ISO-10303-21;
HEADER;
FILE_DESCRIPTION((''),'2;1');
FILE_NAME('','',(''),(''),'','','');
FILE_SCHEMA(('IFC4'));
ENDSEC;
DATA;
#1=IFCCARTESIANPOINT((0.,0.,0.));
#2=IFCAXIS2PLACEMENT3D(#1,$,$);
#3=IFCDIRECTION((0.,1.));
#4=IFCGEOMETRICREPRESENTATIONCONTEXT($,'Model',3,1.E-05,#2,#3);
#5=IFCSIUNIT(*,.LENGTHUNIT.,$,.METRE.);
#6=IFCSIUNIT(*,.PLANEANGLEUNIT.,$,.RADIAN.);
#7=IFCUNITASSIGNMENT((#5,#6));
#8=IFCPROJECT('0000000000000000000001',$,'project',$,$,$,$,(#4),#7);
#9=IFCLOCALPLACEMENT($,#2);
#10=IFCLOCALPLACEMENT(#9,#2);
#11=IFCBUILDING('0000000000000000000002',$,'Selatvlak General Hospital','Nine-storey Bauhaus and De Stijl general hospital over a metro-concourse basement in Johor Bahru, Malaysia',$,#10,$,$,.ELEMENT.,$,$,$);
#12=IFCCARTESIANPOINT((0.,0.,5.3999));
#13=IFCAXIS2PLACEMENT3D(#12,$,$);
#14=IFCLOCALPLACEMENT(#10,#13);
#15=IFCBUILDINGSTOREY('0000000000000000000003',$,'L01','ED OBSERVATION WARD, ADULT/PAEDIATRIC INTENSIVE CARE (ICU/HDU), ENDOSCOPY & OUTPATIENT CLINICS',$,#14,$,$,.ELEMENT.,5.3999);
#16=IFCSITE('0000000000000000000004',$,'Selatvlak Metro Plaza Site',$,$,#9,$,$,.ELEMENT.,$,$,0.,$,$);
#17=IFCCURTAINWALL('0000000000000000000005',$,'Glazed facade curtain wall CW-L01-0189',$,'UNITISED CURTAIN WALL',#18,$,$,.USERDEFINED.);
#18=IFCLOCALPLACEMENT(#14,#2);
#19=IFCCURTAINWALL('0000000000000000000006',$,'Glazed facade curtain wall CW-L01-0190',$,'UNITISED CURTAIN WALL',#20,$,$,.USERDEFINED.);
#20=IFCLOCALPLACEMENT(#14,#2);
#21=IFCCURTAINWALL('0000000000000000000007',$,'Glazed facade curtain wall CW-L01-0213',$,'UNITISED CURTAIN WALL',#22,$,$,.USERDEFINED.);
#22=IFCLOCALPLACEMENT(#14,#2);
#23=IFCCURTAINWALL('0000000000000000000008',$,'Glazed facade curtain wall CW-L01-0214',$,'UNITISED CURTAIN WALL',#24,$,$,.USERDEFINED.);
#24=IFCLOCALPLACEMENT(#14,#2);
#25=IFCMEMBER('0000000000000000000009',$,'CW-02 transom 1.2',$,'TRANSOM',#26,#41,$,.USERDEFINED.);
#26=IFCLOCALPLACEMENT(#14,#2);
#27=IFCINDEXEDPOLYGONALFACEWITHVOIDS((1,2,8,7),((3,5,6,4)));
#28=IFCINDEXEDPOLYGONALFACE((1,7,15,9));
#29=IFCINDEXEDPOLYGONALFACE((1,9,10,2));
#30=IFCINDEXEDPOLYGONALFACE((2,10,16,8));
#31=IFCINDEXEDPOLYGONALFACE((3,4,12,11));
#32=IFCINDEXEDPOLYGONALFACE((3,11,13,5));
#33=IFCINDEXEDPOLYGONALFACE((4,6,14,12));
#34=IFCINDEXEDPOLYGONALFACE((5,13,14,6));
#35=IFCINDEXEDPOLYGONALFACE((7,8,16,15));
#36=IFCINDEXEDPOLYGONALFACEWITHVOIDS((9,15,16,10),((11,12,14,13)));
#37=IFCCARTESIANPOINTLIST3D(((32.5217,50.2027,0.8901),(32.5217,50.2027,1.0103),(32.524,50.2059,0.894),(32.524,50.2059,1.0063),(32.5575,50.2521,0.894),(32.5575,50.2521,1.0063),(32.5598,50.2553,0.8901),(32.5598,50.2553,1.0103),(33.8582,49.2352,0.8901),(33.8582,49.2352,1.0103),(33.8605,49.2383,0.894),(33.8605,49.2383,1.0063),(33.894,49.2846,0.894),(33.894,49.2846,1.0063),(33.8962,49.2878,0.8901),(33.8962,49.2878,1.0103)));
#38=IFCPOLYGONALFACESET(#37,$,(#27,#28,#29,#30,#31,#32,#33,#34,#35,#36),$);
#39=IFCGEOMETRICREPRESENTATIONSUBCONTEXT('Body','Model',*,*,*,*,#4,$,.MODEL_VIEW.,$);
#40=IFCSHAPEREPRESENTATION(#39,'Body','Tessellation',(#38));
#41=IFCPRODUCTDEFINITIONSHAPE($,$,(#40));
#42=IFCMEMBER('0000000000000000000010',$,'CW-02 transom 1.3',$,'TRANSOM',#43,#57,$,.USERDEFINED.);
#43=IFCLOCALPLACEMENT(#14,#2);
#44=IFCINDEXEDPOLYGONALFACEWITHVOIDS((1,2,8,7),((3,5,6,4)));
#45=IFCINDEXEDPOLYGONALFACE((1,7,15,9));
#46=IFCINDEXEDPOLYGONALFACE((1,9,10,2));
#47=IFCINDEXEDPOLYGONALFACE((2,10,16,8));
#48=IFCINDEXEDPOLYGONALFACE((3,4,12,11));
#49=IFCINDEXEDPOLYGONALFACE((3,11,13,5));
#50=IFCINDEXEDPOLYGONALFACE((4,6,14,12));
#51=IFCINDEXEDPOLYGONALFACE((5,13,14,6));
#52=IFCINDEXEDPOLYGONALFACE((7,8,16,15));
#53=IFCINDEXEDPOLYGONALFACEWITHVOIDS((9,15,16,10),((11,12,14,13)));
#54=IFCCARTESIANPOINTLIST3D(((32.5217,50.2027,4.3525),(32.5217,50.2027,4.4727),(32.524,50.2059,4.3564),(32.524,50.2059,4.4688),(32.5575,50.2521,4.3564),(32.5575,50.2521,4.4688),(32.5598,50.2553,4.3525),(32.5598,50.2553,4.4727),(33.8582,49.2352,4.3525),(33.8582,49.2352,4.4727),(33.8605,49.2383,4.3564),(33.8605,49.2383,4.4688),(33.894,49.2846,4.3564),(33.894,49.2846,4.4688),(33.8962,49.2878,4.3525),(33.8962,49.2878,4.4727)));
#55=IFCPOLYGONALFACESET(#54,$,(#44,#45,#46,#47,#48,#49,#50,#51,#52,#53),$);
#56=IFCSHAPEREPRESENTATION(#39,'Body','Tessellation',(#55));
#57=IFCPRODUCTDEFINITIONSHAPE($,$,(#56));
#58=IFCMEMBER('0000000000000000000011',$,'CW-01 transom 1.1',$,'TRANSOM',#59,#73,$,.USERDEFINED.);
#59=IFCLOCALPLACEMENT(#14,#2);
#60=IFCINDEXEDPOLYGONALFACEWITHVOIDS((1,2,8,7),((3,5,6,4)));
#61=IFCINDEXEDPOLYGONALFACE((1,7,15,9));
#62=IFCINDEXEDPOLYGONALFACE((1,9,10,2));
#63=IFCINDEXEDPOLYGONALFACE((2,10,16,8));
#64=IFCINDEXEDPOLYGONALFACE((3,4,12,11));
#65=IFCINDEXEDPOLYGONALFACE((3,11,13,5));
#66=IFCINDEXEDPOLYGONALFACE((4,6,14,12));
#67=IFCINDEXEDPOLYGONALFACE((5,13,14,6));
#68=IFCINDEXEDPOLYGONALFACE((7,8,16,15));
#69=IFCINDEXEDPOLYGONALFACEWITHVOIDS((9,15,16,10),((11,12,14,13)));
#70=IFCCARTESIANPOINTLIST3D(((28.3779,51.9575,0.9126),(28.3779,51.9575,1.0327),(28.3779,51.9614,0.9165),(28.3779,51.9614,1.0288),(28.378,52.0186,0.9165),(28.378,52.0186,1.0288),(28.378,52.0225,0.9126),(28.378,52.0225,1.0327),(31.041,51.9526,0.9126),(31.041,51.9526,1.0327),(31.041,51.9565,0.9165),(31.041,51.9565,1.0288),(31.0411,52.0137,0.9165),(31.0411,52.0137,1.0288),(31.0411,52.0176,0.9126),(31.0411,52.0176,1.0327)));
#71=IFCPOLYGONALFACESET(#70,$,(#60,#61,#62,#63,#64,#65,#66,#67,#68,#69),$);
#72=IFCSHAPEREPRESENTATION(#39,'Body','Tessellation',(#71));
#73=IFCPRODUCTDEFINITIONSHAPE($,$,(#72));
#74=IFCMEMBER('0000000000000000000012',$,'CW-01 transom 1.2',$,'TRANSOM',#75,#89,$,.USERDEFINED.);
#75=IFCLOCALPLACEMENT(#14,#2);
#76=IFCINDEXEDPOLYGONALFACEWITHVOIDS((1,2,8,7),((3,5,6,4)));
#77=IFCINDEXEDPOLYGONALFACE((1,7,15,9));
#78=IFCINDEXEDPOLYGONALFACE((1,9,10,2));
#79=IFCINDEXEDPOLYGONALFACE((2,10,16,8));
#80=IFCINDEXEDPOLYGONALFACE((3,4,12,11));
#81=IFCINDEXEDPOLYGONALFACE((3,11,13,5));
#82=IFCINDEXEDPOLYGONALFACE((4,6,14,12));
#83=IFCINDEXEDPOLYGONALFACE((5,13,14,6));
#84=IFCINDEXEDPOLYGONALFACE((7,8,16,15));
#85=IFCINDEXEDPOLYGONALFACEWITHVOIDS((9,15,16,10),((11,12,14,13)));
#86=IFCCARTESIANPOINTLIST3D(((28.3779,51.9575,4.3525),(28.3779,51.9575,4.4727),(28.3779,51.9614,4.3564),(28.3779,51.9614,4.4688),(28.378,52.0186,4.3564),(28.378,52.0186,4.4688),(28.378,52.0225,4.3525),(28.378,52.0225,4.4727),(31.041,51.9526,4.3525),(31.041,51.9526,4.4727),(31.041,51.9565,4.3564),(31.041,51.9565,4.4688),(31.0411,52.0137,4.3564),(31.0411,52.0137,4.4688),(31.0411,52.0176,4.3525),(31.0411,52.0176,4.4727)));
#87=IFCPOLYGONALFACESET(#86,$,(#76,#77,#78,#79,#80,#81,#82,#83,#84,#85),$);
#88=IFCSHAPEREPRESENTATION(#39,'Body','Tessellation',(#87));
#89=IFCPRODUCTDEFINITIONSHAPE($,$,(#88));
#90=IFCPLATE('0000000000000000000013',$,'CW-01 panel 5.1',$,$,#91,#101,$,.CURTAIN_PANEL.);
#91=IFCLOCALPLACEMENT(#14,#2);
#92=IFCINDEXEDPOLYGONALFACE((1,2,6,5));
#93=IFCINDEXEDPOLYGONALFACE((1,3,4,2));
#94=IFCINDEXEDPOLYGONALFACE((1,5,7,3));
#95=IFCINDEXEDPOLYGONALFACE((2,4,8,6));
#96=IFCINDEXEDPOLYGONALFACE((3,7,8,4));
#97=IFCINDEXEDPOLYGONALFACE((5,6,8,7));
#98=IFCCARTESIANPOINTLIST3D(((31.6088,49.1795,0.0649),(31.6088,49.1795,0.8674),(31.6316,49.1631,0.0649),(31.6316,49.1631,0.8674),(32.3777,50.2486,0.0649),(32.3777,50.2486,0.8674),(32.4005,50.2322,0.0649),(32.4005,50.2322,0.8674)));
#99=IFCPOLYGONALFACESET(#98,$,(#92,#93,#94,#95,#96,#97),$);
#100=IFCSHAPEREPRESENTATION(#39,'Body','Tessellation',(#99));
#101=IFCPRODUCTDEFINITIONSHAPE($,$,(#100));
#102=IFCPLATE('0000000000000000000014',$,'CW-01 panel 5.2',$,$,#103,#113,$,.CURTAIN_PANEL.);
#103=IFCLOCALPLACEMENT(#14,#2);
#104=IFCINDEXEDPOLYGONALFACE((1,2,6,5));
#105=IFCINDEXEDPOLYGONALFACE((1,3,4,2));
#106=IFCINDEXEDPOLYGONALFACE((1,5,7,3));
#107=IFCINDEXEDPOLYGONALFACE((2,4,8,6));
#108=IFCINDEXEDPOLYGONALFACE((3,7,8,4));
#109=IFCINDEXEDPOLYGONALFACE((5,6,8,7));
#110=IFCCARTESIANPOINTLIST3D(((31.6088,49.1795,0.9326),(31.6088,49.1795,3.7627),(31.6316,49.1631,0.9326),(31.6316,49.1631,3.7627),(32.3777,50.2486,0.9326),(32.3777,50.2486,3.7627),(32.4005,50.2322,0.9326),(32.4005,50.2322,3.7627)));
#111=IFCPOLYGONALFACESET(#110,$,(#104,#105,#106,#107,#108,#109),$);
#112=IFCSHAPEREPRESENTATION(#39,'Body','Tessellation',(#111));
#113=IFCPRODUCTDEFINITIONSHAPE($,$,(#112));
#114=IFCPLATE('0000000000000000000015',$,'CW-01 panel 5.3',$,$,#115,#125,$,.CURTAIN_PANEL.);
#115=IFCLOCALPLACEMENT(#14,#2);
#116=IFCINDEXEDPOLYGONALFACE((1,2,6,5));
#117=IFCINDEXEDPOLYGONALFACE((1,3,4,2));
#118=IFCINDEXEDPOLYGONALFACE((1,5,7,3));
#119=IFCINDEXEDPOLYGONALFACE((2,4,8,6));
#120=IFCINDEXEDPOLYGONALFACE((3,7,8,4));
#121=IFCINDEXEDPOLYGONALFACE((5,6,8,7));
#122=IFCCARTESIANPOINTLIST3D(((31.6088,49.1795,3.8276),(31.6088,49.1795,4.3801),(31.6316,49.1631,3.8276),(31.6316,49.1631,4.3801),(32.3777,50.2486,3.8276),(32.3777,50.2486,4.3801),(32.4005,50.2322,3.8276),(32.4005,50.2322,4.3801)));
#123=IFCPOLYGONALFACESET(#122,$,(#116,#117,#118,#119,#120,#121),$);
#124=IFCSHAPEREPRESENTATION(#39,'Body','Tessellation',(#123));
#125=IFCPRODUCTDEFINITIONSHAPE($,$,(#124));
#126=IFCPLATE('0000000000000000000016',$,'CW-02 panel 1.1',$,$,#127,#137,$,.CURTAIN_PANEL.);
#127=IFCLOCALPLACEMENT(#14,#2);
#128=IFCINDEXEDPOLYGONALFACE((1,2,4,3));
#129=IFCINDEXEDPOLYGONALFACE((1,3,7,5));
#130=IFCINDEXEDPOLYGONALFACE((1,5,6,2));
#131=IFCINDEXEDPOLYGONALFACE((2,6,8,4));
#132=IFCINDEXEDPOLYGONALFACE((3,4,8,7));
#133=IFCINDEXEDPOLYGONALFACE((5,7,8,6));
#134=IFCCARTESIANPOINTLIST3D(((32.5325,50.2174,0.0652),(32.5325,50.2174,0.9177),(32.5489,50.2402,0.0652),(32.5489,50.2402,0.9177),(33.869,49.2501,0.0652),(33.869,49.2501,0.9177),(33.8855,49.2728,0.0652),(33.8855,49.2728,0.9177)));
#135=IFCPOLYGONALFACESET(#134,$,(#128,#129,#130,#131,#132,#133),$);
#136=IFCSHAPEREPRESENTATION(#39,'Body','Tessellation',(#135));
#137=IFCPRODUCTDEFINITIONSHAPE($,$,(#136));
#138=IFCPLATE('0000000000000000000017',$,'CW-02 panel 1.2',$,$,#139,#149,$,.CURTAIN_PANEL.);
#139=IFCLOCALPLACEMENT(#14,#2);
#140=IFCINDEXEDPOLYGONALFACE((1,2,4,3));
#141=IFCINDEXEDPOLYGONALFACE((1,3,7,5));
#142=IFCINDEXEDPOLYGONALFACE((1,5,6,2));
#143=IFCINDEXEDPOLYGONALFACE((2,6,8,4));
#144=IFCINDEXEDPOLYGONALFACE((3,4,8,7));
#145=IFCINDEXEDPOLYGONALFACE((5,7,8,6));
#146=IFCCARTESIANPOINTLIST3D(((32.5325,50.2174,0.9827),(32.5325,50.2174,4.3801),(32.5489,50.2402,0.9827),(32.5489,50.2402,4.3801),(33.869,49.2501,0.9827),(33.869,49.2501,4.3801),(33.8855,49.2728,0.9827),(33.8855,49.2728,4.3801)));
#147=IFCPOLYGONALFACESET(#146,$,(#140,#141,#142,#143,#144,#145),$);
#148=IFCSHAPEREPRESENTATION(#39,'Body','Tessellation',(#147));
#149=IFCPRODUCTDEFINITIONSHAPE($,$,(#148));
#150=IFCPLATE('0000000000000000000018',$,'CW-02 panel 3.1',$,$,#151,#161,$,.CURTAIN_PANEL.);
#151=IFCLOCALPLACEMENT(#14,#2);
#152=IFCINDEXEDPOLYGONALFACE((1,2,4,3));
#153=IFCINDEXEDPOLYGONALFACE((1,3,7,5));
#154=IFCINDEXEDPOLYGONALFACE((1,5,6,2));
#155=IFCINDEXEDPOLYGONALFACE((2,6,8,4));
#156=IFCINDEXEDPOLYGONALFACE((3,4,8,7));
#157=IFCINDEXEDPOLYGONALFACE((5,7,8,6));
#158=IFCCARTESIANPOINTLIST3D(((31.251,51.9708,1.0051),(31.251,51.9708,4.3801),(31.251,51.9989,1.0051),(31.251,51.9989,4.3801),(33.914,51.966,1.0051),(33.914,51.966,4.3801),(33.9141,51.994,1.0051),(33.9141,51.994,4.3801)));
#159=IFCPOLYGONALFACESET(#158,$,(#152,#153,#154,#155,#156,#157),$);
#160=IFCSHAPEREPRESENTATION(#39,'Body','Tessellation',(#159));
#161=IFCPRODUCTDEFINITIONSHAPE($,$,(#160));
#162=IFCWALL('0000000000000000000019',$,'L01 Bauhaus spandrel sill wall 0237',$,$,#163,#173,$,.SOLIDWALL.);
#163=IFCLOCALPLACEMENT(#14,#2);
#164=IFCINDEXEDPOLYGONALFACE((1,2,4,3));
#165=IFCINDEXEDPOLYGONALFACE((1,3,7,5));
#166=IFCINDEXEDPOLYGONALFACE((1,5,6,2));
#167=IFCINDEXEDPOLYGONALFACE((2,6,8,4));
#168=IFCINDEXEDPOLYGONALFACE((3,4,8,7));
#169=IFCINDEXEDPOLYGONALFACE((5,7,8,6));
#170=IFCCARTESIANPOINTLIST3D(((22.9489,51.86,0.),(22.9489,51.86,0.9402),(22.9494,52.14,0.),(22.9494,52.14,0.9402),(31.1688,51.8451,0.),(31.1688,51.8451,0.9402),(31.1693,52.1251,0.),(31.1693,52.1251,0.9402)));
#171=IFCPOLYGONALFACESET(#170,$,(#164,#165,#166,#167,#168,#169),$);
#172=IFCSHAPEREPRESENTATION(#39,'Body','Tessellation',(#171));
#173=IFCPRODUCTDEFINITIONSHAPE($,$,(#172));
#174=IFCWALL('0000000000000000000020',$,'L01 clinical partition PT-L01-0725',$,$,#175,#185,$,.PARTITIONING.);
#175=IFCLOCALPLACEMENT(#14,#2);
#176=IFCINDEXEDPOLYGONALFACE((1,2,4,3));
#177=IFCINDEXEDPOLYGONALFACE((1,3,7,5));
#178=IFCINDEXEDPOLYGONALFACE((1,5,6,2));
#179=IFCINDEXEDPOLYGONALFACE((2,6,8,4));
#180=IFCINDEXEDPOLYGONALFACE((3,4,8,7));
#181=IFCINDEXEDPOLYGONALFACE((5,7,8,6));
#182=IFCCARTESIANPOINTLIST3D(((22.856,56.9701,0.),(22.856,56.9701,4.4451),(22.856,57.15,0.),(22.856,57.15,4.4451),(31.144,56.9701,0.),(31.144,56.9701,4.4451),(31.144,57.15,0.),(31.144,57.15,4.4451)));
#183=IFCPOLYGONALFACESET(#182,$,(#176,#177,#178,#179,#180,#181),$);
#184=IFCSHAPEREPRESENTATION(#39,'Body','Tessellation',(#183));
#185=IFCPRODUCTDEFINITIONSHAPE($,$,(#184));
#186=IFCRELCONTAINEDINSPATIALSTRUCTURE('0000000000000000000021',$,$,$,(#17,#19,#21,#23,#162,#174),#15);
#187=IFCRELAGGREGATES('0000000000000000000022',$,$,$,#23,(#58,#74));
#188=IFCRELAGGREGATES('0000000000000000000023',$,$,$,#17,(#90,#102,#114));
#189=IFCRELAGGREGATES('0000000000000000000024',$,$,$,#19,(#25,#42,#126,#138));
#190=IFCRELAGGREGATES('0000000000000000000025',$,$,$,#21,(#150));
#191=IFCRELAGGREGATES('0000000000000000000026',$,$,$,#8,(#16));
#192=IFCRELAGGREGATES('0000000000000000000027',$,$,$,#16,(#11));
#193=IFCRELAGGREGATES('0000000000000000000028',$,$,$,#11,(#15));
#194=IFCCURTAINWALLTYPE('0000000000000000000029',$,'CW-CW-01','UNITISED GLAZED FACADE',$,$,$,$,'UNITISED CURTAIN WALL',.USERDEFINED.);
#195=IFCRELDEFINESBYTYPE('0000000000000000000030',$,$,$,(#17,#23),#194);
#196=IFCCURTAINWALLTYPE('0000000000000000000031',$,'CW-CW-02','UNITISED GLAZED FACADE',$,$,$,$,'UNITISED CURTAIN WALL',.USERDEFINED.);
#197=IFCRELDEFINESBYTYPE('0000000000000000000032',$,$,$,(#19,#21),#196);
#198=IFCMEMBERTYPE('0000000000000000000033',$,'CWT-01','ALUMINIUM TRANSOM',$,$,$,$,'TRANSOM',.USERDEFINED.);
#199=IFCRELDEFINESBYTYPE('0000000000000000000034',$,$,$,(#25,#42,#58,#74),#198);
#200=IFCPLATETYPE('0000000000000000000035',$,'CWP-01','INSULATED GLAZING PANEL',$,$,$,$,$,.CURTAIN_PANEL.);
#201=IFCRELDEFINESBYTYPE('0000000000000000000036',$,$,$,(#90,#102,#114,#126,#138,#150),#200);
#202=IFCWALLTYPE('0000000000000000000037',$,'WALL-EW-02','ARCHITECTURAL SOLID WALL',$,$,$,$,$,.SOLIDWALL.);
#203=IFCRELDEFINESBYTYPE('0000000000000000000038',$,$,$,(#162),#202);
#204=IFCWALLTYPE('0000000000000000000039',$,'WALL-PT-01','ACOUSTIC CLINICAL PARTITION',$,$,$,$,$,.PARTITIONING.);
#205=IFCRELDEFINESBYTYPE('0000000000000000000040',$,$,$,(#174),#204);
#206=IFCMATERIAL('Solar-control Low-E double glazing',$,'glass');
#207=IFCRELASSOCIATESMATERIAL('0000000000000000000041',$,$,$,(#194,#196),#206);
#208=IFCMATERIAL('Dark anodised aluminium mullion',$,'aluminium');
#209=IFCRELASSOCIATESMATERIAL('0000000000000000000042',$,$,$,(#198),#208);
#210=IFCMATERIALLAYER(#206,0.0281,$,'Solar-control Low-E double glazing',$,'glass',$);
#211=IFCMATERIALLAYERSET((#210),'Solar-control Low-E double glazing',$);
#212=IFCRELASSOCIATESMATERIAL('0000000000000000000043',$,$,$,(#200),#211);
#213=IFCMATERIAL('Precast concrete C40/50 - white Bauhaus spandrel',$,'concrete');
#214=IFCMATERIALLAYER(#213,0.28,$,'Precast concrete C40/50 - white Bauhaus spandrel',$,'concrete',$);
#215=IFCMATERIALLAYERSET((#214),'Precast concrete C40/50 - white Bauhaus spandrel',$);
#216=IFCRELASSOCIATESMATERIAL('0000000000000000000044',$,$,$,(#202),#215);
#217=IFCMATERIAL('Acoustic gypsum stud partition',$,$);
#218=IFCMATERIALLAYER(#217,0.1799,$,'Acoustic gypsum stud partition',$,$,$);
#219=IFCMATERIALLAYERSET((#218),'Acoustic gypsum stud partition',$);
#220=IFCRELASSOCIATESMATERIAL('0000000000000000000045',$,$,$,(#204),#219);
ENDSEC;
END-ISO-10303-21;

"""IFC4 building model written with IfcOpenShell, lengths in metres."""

from ifc_helpers import new_model, si_unit, direction, frame, frame_2d, origin, origin_2d, place, context, subcontext, project, spatial, rectangle, hollow_rectangle, extrude, material, layer, layer_set, material_profile, profile_set, type_object, element, aggregate, save


model = new_model("IFC4")

# Units and contexts
model_context = context("Model", 3, precision=1e-05, world=origin(), true_north=direction((0.0, 1.0)))
body_context = subcontext(model_context, "Body", "Model", "MODEL_VIEW")
ifc_project = project(units=[si_unit("LENGTHUNIT", "METRE"), si_unit("PLANEANGLEUNIT", "RADIAN")], contexts=[model_context])

# Site, building, storey
site_placement = place(None, origin())
site = spatial("IfcSite", under=ifc_project, at=site_placement, Name="Selatvlak Metro Plaza Site", CompositionType="ELEMENT", RefElevation=0.0)
building_placement = place(site_placement, origin())
building = spatial("IfcBuilding", under=site, at=building_placement, Name="Selatvlak General Hospital", Description="Nine-storey Bauhaus and De Stijl general hospital over a metro-concourse basement in Johor Bahru, Malaysia", CompositionType="ELEMENT")
storey_placement = place(building_placement, frame((0.0, 0.0, 5.3999)))
storey = spatial("IfcBuildingStorey", under=building, at=storey_placement, Name="L01", Description="ED OBSERVATION WARD, ADULT/PAEDIATRIC INTENSIVE CARE (ICU/HDU), ENDOSCOPY & OUTPATIENT CLINICS", CompositionType="ELEMENT", Elevation=5.3999)

# Curtain walls
ifc_material_1 = material(Name="Solar-control Low-E double glazing", Category="glass")
curtain_wall_type_1 = type_object("IfcCurtainWallType", Name="CW-CW-01", Description="UNITISED GLAZED FACADE", ElementType="UNITISED CURTAIN WALL", PredefinedType="USERDEFINED", material=ifc_material_1)
curtain_wall_1_placement = place(storey_placement, origin())
curtain_wall_1 = element("IfcCurtainWall", 1, at=curtain_wall_1_placement, inside=storey, type_object=curtain_wall_type_1, Name="Glazed facade curtain wall CW-L01-0189", ObjectType="UNITISED CURTAIN WALL", PredefinedType="USERDEFINED")
ifc_material_2 = material(Name="Dark anodised aluminium mullion", Category="aluminium")
curtain_wall_type_2 = type_object("IfcCurtainWallType", Name="CW-CW-02", Description="UNITISED GLAZED FACADE", ElementType="UNITISED CURTAIN WALL", PredefinedType="USERDEFINED", material=ifc_material_1)
curtain_wall_2_placement = place(storey_placement, origin())
curtain_wall_2 = element("IfcCurtainWall", 2, at=curtain_wall_2_placement, inside=storey, type_object=curtain_wall_type_2, Name="Glazed facade curtain wall CW-L01-0190", ObjectType="UNITISED CURTAIN WALL", PredefinedType="USERDEFINED")
curtain_wall_3_placement = place(storey_placement, origin())
curtain_wall_3 = element("IfcCurtainWall", 3, at=curtain_wall_3_placement, inside=storey, type_object=curtain_wall_type_2, Name="Glazed facade curtain wall CW-L01-0213", ObjectType="UNITISED CURTAIN WALL", PredefinedType="USERDEFINED")
curtain_wall_4_placement = place(storey_placement, origin())
curtain_wall_4 = element("IfcCurtainWall", 4, at=curtain_wall_4_placement, inside=storey, type_object=curtain_wall_type_1, Name="Glazed facade curtain wall CW-L01-0214", ObjectType="UNITISED CURTAIN WALL", PredefinedType="USERDEFINED")

# Members
ifc_material_profile_1 = material_profile(ifc_material_2, hollow_rectangle(XDim=0.0649, YDim=0.1201, WallThickness=0.0039, at=origin_2d()), Name="AL-TRN 65x120x4")
ifc_profile_set_1 = profile_set([ifc_material_profile_1], Name="Dark anodised aluminium mullion")
member_type_1 = type_object("IfcMemberType", Name="CWT-01", Description="ALUMINIUM TRANSOM", ElementType="TRANSOM", PredefinedType="USERDEFINED", material=ifc_profile_set_1)
member_1_placement = place(storey_placement, frame((32.5408, 50.229, 0.9502), z_axis=(0.810008, -0.586419, 0.0), x_axis=(0.586419, 0.810008, 0.0)))
member_1 = element("IfcMember", 5, at=member_1_placement, type_object=member_type_1, Name="CW-02 transom 1.2", ObjectType="TRANSOM", PredefinedType="USERDEFINED", context=body_context, shape_type="SweptSolid", body=[
    extrude(hollow_rectangle(XDim=0.0649, YDim=0.1201, WallThickness=0.0039, at=origin_2d()), origin(), (0.0, 0.0, 1.0), 1.6499),
])
member_2_placement = place(storey_placement, frame((32.5408, 50.229, 4.4126), z_axis=(0.810008, -0.586419, 0.0), x_axis=(0.586419, 0.810008, 0.0)))
member_2 = element("IfcMember", 6, at=member_2_placement, type_object=member_type_1, Name="CW-02 transom 1.3", ObjectType="TRANSOM", PredefinedType="USERDEFINED", context=body_context, shape_type="SweptSolid", body=[
    extrude(hollow_rectangle(XDim=0.0649, YDim=0.1201, WallThickness=0.0039, at=origin_2d()), origin(), (0.0, 0.0, 1.0), 1.6499),
])
member_3_placement = place(storey_placement, frame((31.041, 51.9851, 0.9727), z_axis=(-0.999998, 0.001834, 0.0), x_axis=(-0.001834, -0.999998, 0.0)))
member_3 = element("IfcMember", 7, at=member_3_placement, type_object=member_type_1, Name="CW-01 transom 1.1", ObjectType="TRANSOM", PredefinedType="USERDEFINED", context=body_context, shape_type="SweptSolid", body=[
    extrude(hollow_rectangle(XDim=0.0649, YDim=0.1201, WallThickness=0.0039, at=origin_2d()), origin(), (0.0, 0.0, 1.0), 2.6631),
])
member_4_placement = place(storey_placement, frame((31.041, 51.9851, 4.4126), z_axis=(-0.999998, 0.001834, 0.0), x_axis=(-0.001834, -0.999998, 0.0)))
member_4 = element("IfcMember", 8, at=member_4_placement, type_object=member_type_1, Name="CW-01 transom 1.2", ObjectType="TRANSOM", PredefinedType="USERDEFINED", context=body_context, shape_type="SweptSolid", body=[
    extrude(hollow_rectangle(XDim=0.0649, YDim=0.1201, WallThickness=0.0039, at=origin_2d()), origin(), (0.0, 0.0, 1.0), 2.6631),
])
aggregate(curtain_wall_4, [member_3, member_4])

# Plates
ifc_layer_1 = layer(ifc_material_1, 0.0281, Name="Solar-control Low-E double glazing", Category="glass")
ifc_layer_set_1 = layer_set([ifc_layer_1], Name="Solar-control Low-E double glazing")
plate_type = type_object("IfcPlateType", Name="CWP-01", Description="INSULATED GLAZING PANEL", PredefinedType="CURTAIN_PANEL", material=ifc_layer_set_1)
plate_1_placement = place(storey_placement, frame((32.0046, 49.7058, 0.0649), z_axis=(0.0, 0.0, 1.0), x_axis=(0.583884, 0.811837, 0.0)))
plate_1 = element("IfcPlate", 9, at=plate_1_placement, type_object=plate_type, Name="CW-01 panel 5.1", PredefinedType="CURTAIN_PANEL", context=body_context, shape_type="SweptSolid", body=[
    extrude(rectangle(XDim=1.3169, YDim=0.0281, at=origin_2d()), origin(), (0.0, 0.0, 1.0), 0.8025),
])
plate_2_placement = place(storey_placement, frame((32.0046, 49.7058, 0.9326), z_axis=(0.0, 0.0, 1.0), x_axis=(0.583884, 0.811837, 0.0)))
plate_2 = element("IfcPlate", 10, at=plate_2_placement, type_object=plate_type, Name="CW-01 panel 5.2", PredefinedType="CURTAIN_PANEL", context=body_context, shape_type="SweptSolid", body=[
    extrude(rectangle(XDim=1.3169, YDim=0.0281, at=origin_2d()), origin(), (0.0, 0.0, 1.0), 2.8301),
])
plate_3_placement = place(storey_placement, frame((32.0046, 49.7058, 3.8276), z_axis=(0.0, 0.0, 1.0), x_axis=(0.583884, 0.811837, 0.0)))
plate_3 = element("IfcPlate", 11, at=plate_3_placement, type_object=plate_type, Name="CW-01 panel 5.3", PredefinedType="CURTAIN_PANEL", context=body_context, shape_type="SweptSolid", body=[
    extrude(rectangle(XDim=1.3169, YDim=0.0281, at=origin_2d()), origin(), (0.0, 0.0, 1.0), 0.5525),
])
aggregate(curtain_wall_1, [plate_1, plate_2, plate_3])
plate_4_placement = place(storey_placement, frame((33.209, 49.7451, 0.0652), z_axis=(0.0, 0.0, 1.0), x_axis=(0.810083, -0.586316, 0.0)))
plate_4 = element("IfcPlate", 12, at=plate_4_placement, type_object=plate_type, Name="CW-02 panel 1.1", PredefinedType="CURTAIN_PANEL", context=body_context, shape_type="SweptSolid", body=[
    extrude(rectangle(XDim=1.6499, YDim=0.0281, at=origin_2d()), origin(), (0.0, 0.0, 1.0), 0.8525),
])
plate_5_placement = place(storey_placement, frame((33.209, 49.7451, 0.9827), z_axis=(0.0, 0.0, 1.0), x_axis=(0.810083, -0.586316, 0.0)))
plate_5 = element("IfcPlate", 13, at=plate_5_placement, type_object=plate_type, Name="CW-02 panel 1.2", PredefinedType="CURTAIN_PANEL", context=body_context, shape_type="SweptSolid", body=[
    extrude(rectangle(XDim=1.6499, YDim=0.0281, at=origin_2d()), origin(), (0.0, 0.0, 1.0), 3.3975),
])
aggregate(curtain_wall_2, [member_1, member_2, plate_4, plate_5])
plate_6_placement = place(storey_placement, frame((32.5825, 51.9824, 1.0051), z_axis=(0.0, 0.0, 1.0), x_axis=(-0.999998, 0.001811, 0.0)))
plate_6 = element("IfcPlate", 14, at=plate_6_placement, type_object=plate_type, Name="CW-02 panel 3.1", PredefinedType="CURTAIN_PANEL", context=body_context, shape_type="SweptSolid", body=[
    extrude(rectangle(XDim=2.6631, YDim=0.0281, at=origin_2d()), origin(), (0.0, 0.0, 1.0), 3.375),
])
aggregate(curtain_wall_3, [plate_6])

# Walls
ifc_material_3 = material(Name="Precast concrete C40/50 - white Bauhaus spandrel", Category="concrete")
ifc_layer_2 = layer(ifc_material_3, 0.28, Name="Precast concrete C40/50 - white Bauhaus spandrel", Category="concrete")
ifc_layer_set_2 = layer_set([ifc_layer_2], Name="Precast concrete C40/50 - white Bauhaus spandrel")
wall_type_1 = type_object("IfcWallType", Name="WALL-EW-02", Description="ARCHITECTURAL SOLID WALL", PredefinedType="SOLIDWALL", material=ifc_layer_set_2)
wall_1_placement = place(storey_placement, frame((31.1689, 51.9851, 0.0), z_axis=(0.0, 0.0, 1.0), x_axis=(-0.999998, 0.001812, 0.0)))
element("IfcWall", 15, at=wall_1_placement, inside=storey, type_object=wall_type_1, Name="L01 Bauhaus spandrel sill wall 0237", PredefinedType="SOLIDWALL", context=body_context, shape_type="SweptSolid", body=[
    extrude(rectangle(XDim=8.22, YDim=0.28, at=frame_2d((4.1099, 0.0))), origin(), (0.0, 0.0, 1.0), 0.9402),
])
ifc_material_4 = material(Name="Acoustic gypsum stud partition")
ifc_layer_3 = layer(ifc_material_4, 0.1799, Name="Acoustic gypsum stud partition")
ifc_layer_set_3 = layer_set([ifc_layer_3], Name="Acoustic gypsum stud partition")
wall_type_2 = type_object("IfcWallType", Name="WALL-PT-01", Description="ACOUSTIC CLINICAL PARTITION", PredefinedType="PARTITIONING", material=ifc_layer_set_3)
wall_2_placement = place(storey_placement, frame((31.144, 57.0601, 0.0), z_axis=(0.0, 0.0, 1.0), x_axis=(-1.0, 0.0, 0.0)))
element("IfcWall", 16, at=wall_2_placement, inside=storey, type_object=wall_type_2, Name="L01 clinical partition PT-L01-0725", PredefinedType="PARTITIONING", context=body_context, shape_type="SweptSolid", body=[
    extrude(rectangle(XDim=8.2881, YDim=0.1799, at=frame_2d((4.144, 0.0))), origin(), (0.0, 0.0, 1.0), 4.4451),
])

save(model, "model.ifc")
